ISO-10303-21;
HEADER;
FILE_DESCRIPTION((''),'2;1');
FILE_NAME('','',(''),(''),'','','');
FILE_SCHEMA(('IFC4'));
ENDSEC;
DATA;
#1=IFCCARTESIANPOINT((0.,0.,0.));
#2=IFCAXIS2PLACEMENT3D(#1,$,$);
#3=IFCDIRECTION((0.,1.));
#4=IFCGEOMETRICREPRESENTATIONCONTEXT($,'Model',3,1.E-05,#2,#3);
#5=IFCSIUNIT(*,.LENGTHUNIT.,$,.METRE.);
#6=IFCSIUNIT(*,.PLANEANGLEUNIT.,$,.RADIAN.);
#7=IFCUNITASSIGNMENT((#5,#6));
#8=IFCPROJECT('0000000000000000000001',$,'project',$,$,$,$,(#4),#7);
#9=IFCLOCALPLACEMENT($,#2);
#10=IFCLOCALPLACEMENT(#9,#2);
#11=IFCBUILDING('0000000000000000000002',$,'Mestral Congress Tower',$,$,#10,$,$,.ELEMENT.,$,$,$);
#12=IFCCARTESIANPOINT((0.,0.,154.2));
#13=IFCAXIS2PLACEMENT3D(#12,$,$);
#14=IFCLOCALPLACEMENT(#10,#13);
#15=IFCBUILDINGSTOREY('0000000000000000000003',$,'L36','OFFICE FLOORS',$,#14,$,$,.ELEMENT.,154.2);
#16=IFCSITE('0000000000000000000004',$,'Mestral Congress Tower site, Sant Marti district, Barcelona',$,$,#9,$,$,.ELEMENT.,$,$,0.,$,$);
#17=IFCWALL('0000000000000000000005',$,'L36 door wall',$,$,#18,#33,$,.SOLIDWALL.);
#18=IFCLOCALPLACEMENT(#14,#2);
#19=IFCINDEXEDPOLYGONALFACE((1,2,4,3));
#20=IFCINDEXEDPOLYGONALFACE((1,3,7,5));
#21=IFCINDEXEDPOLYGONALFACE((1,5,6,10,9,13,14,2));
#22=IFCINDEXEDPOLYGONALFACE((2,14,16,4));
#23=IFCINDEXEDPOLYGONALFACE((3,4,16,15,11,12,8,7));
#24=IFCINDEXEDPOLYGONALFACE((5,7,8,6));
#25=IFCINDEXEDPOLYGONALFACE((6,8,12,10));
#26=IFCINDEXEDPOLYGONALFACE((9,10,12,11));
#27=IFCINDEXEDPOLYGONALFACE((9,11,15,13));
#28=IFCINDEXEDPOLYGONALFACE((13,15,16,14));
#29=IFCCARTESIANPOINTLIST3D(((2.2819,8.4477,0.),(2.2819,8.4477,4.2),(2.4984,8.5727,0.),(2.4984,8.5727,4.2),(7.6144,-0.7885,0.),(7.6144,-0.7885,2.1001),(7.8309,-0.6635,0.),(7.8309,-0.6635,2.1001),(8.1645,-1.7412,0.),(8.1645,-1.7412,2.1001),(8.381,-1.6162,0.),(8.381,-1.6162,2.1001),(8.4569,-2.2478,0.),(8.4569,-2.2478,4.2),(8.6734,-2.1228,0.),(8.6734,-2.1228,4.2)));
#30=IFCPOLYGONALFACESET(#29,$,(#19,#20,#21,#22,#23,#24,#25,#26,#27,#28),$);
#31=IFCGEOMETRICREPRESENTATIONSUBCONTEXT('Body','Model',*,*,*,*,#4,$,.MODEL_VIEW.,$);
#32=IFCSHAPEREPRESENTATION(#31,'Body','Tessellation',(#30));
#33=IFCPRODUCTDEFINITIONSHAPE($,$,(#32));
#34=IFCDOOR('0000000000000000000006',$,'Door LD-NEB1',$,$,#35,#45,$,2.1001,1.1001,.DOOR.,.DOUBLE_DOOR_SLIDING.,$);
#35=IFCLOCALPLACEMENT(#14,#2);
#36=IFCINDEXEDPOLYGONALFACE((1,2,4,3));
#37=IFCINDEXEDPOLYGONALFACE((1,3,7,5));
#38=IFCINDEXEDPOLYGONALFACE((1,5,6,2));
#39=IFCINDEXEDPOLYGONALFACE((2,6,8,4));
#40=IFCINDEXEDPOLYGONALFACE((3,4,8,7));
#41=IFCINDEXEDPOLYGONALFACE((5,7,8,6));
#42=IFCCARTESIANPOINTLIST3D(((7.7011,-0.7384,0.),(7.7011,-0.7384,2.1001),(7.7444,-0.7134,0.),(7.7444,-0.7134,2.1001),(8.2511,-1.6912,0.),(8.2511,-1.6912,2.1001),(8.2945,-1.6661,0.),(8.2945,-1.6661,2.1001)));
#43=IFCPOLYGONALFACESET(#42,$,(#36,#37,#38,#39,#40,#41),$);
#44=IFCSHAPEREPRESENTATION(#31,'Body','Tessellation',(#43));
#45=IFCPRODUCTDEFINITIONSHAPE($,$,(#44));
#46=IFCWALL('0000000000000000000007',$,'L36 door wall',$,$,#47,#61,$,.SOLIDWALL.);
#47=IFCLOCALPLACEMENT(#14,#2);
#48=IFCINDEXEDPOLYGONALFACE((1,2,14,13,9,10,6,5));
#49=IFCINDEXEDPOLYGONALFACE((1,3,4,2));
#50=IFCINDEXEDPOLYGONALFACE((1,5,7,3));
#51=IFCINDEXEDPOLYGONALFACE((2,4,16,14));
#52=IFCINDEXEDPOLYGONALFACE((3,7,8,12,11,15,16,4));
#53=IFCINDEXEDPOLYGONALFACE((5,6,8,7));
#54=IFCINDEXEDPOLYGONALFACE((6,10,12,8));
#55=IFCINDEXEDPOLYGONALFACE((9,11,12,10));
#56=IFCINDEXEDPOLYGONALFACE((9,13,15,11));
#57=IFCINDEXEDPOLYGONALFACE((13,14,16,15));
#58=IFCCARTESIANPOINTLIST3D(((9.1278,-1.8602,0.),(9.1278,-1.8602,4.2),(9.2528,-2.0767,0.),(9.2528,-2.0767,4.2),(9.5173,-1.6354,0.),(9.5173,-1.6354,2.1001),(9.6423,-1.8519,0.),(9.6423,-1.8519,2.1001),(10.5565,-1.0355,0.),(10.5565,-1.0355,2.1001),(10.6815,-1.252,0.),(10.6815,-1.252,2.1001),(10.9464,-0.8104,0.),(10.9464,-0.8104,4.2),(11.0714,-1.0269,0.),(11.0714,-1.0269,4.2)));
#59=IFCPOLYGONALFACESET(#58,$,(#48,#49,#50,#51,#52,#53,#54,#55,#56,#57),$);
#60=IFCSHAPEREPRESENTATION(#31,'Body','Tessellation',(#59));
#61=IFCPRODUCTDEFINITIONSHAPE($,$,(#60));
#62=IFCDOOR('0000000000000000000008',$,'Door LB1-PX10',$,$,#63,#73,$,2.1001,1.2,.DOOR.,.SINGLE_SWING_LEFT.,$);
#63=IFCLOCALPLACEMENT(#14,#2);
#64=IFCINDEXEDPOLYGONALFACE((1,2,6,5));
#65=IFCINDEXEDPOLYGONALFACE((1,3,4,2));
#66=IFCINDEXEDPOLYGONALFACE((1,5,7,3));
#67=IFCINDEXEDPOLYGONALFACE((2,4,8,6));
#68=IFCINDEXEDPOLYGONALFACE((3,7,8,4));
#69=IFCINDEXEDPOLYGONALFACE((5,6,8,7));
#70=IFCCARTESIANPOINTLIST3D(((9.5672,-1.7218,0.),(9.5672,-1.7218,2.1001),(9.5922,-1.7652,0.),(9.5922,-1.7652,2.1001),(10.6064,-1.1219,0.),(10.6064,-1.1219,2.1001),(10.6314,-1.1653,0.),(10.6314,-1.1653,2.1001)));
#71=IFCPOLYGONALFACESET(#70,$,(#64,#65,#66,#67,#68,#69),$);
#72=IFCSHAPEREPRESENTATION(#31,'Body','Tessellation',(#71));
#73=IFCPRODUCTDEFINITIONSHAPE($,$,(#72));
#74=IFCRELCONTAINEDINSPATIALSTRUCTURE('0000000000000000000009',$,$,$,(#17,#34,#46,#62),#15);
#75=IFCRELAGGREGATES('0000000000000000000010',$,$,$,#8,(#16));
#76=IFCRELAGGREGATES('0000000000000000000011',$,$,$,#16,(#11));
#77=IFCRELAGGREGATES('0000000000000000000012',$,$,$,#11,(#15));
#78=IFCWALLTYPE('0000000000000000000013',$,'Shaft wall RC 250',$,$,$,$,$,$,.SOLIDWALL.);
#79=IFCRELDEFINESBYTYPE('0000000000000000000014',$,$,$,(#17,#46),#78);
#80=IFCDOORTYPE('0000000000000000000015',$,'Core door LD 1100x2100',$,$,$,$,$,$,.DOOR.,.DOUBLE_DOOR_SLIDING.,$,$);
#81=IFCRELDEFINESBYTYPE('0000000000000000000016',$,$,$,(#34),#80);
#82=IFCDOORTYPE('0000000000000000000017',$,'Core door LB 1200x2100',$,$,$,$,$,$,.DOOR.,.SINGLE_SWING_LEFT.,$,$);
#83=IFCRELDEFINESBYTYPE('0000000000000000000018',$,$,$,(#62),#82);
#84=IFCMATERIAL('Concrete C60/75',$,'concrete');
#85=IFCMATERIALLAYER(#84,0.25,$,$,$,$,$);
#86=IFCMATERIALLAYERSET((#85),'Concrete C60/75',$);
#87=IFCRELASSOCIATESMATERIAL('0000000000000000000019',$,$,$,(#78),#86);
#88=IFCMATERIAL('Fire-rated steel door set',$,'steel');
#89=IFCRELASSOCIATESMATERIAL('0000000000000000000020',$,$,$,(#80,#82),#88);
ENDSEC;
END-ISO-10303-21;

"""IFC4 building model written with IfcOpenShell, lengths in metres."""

from ifc_helpers import new_model, si_unit, direction, frame, frame_2d, origin, place, context, subcontext, project, spatial, rectangle, extrude, material, layer, layer_set, type_object, element, fill, save


model = new_model("IFC4")

# Units and contexts
model_context = context("Model", 3, precision=1e-05, world=origin(), true_north=direction((0.0, 1.0)))
body_context = subcontext(model_context, "Body", "Model", "MODEL_VIEW")
ifc_project = project(units=[si_unit("LENGTHUNIT", "METRE"), si_unit("PLANEANGLEUNIT", "RADIAN")], contexts=[model_context])

# Site, building, storey
site_placement = place(None, origin())
site = spatial("IfcSite", under=ifc_project, at=site_placement, Name="Mestral Congress Tower site, Sant Marti district, Barcelona", CompositionType="ELEMENT", RefElevation=0.0)
building_placement = place(site_placement, origin())
building = spatial("IfcBuilding", under=site, at=building_placement, Name="Mestral Congress Tower", CompositionType="ELEMENT")
storey_placement = place(building_placement, frame((0.0, 0.0, 154.2)))
storey = spatial("IfcBuildingStorey", under=building, at=storey_placement, Name="L36", Description="OFFICE FLOORS", CompositionType="ELEMENT", Elevation=154.2)

# Shared definitions
ifc_material_1 = material(Name="Concrete C60/75", Category="concrete")

# Shared definitions
ifc_layer_1 = layer(ifc_material_1, 0.25)
ifc_layer_set_1 = layer_set([ifc_layer_1], Name="Concrete C60/75")
wall_type_1 = type_object("IfcWallType", Name="Shaft wall RC 250", PredefinedType="SOLIDWALL", material=ifc_layer_set_1)

# Walls, openings, doors
wall_1_placement = place(storey_placement, frame((8.5652, -2.1853, 0.0), z_axis=(0.0, 0.0, 1.0), x_axis=(-0.499998, 0.866027, 0.0)))
wall_1 = element("IfcWall", 1, at=wall_1_placement, inside=storey, type_object=wall_type_1, Name="L36 door wall", PredefinedType="SOLIDWALL", context=body_context, shape_type="SweptSolid", body=[
    extrude(rectangle(XDim=12.3501, YDim=0.25, at=frame_2d((6.175, 0.0))), origin(), (0.0, 0.0, 1.0), 4.2),
])
opening_1_placement = place(wall_1_placement, frame((0.585, 0.0, 0.0)))
opening_1 = element("IfcOpeningElement", 2, at=opening_1_placement, cuts=wall_1, PredefinedType="OPENING", context=body_context, shape_type="SweptSolid", body=[
    extrude(rectangle(XDim=1.1001, YDim=2.1001, at=frame_2d((0.55, 1.05))), frame((0.0, 0.135, 0.0), z_axis=(0.0, -1.0, 0.0), x_axis=(1.0, 0.0, 0.0)), (0.0, 0.0, 1.0), 0.27),
])
ifc_material_2 = material(Name="Fire-rated steel door set", Category="steel")
door_type_1 = type_object("IfcDoorType", Name="Core door LD 1100x2100", OperationType="DOUBLE_DOOR_SLIDING", PredefinedType="DOOR", material=ifc_material_2)
door_1_placement = place(opening_1_placement, origin())
door_1 = element("IfcDoor", 3, at=door_1_placement, inside=storey, type_object=door_type_1, Name="Door LD-NEB1", OperationType="DOUBLE_DOOR_SLIDING", OverallHeight=2.1001, OverallWidth=1.1001, PredefinedType="DOOR", context=body_context, shape_type="SweptSolid", body=[
    extrude(rectangle(XDim=1.1001, YDim=2.1001, at=frame_2d((0.55, 1.05))), frame((0.0, 0.0249, 0.0), z_axis=(0.0, -1.0, 0.0), x_axis=(1.0, 0.0, 0.0)), (0.0, 0.0, 1.0), 0.05),
])
fill(opening_1, door_1)
wall_2_placement = place(storey_placement, frame((11.0088, -0.9187, 0.0), z_axis=(0.0, 0.0, 1.0), x_axis=(-0.86606, -0.499941, 0.0)))
wall_2 = element("IfcWall", 4, at=wall_2_placement, inside=storey, type_object=wall_type_1, Name="L36 door wall", PredefinedType="SOLIDWALL", context=body_context, shape_type="SweptSolid", body=[
    extrude(rectangle(XDim=2.0999, YDim=0.25, at=frame_2d((1.0498, 0.0))), origin(), (0.0, 0.0, 1.0), 4.2),
])
opening_2_placement = place(wall_2_placement, frame((0.45, 0.0, 0.0)))
opening_2 = element("IfcOpeningElement", 5, at=opening_2_placement, cuts=wall_2, PredefinedType="OPENING", context=body_context, shape_type="SweptSolid", body=[
    extrude(rectangle(XDim=1.2, YDim=2.1001, at=frame_2d((0.6001, 1.05))), frame((0.0, 0.135, 0.0), z_axis=(0.0, -1.0, 0.0), x_axis=(1.0, 0.0, 0.0)), (0.0, 0.0, 1.0), 0.27),
])
door_type_2 = type_object("IfcDoorType", Name="Core door LB 1200x2100", OperationType="SINGLE_SWING_LEFT", PredefinedType="DOOR", material=ifc_material_2)
door_2_placement = place(opening_2_placement, origin())
door_2 = element("IfcDoor", 6, at=door_2_placement, inside=storey, type_object=door_type_2, Name="Door LB1-PX10", OperationType="SINGLE_SWING_LEFT", OverallHeight=2.1001, OverallWidth=1.2, PredefinedType="DOOR", context=body_context, shape_type="SweptSolid", body=[
    extrude(rectangle(XDim=1.2, YDim=2.1001, at=frame_2d((0.6001, 1.05))), frame((0.0, 0.0249, 0.0), z_axis=(0.0, -1.0, 0.0), x_axis=(1.0, 0.0, 0.0)), (0.0, 0.0, 1.0), 0.05),
])
fill(opening_2, door_2)

save(model, "model.ifc")
